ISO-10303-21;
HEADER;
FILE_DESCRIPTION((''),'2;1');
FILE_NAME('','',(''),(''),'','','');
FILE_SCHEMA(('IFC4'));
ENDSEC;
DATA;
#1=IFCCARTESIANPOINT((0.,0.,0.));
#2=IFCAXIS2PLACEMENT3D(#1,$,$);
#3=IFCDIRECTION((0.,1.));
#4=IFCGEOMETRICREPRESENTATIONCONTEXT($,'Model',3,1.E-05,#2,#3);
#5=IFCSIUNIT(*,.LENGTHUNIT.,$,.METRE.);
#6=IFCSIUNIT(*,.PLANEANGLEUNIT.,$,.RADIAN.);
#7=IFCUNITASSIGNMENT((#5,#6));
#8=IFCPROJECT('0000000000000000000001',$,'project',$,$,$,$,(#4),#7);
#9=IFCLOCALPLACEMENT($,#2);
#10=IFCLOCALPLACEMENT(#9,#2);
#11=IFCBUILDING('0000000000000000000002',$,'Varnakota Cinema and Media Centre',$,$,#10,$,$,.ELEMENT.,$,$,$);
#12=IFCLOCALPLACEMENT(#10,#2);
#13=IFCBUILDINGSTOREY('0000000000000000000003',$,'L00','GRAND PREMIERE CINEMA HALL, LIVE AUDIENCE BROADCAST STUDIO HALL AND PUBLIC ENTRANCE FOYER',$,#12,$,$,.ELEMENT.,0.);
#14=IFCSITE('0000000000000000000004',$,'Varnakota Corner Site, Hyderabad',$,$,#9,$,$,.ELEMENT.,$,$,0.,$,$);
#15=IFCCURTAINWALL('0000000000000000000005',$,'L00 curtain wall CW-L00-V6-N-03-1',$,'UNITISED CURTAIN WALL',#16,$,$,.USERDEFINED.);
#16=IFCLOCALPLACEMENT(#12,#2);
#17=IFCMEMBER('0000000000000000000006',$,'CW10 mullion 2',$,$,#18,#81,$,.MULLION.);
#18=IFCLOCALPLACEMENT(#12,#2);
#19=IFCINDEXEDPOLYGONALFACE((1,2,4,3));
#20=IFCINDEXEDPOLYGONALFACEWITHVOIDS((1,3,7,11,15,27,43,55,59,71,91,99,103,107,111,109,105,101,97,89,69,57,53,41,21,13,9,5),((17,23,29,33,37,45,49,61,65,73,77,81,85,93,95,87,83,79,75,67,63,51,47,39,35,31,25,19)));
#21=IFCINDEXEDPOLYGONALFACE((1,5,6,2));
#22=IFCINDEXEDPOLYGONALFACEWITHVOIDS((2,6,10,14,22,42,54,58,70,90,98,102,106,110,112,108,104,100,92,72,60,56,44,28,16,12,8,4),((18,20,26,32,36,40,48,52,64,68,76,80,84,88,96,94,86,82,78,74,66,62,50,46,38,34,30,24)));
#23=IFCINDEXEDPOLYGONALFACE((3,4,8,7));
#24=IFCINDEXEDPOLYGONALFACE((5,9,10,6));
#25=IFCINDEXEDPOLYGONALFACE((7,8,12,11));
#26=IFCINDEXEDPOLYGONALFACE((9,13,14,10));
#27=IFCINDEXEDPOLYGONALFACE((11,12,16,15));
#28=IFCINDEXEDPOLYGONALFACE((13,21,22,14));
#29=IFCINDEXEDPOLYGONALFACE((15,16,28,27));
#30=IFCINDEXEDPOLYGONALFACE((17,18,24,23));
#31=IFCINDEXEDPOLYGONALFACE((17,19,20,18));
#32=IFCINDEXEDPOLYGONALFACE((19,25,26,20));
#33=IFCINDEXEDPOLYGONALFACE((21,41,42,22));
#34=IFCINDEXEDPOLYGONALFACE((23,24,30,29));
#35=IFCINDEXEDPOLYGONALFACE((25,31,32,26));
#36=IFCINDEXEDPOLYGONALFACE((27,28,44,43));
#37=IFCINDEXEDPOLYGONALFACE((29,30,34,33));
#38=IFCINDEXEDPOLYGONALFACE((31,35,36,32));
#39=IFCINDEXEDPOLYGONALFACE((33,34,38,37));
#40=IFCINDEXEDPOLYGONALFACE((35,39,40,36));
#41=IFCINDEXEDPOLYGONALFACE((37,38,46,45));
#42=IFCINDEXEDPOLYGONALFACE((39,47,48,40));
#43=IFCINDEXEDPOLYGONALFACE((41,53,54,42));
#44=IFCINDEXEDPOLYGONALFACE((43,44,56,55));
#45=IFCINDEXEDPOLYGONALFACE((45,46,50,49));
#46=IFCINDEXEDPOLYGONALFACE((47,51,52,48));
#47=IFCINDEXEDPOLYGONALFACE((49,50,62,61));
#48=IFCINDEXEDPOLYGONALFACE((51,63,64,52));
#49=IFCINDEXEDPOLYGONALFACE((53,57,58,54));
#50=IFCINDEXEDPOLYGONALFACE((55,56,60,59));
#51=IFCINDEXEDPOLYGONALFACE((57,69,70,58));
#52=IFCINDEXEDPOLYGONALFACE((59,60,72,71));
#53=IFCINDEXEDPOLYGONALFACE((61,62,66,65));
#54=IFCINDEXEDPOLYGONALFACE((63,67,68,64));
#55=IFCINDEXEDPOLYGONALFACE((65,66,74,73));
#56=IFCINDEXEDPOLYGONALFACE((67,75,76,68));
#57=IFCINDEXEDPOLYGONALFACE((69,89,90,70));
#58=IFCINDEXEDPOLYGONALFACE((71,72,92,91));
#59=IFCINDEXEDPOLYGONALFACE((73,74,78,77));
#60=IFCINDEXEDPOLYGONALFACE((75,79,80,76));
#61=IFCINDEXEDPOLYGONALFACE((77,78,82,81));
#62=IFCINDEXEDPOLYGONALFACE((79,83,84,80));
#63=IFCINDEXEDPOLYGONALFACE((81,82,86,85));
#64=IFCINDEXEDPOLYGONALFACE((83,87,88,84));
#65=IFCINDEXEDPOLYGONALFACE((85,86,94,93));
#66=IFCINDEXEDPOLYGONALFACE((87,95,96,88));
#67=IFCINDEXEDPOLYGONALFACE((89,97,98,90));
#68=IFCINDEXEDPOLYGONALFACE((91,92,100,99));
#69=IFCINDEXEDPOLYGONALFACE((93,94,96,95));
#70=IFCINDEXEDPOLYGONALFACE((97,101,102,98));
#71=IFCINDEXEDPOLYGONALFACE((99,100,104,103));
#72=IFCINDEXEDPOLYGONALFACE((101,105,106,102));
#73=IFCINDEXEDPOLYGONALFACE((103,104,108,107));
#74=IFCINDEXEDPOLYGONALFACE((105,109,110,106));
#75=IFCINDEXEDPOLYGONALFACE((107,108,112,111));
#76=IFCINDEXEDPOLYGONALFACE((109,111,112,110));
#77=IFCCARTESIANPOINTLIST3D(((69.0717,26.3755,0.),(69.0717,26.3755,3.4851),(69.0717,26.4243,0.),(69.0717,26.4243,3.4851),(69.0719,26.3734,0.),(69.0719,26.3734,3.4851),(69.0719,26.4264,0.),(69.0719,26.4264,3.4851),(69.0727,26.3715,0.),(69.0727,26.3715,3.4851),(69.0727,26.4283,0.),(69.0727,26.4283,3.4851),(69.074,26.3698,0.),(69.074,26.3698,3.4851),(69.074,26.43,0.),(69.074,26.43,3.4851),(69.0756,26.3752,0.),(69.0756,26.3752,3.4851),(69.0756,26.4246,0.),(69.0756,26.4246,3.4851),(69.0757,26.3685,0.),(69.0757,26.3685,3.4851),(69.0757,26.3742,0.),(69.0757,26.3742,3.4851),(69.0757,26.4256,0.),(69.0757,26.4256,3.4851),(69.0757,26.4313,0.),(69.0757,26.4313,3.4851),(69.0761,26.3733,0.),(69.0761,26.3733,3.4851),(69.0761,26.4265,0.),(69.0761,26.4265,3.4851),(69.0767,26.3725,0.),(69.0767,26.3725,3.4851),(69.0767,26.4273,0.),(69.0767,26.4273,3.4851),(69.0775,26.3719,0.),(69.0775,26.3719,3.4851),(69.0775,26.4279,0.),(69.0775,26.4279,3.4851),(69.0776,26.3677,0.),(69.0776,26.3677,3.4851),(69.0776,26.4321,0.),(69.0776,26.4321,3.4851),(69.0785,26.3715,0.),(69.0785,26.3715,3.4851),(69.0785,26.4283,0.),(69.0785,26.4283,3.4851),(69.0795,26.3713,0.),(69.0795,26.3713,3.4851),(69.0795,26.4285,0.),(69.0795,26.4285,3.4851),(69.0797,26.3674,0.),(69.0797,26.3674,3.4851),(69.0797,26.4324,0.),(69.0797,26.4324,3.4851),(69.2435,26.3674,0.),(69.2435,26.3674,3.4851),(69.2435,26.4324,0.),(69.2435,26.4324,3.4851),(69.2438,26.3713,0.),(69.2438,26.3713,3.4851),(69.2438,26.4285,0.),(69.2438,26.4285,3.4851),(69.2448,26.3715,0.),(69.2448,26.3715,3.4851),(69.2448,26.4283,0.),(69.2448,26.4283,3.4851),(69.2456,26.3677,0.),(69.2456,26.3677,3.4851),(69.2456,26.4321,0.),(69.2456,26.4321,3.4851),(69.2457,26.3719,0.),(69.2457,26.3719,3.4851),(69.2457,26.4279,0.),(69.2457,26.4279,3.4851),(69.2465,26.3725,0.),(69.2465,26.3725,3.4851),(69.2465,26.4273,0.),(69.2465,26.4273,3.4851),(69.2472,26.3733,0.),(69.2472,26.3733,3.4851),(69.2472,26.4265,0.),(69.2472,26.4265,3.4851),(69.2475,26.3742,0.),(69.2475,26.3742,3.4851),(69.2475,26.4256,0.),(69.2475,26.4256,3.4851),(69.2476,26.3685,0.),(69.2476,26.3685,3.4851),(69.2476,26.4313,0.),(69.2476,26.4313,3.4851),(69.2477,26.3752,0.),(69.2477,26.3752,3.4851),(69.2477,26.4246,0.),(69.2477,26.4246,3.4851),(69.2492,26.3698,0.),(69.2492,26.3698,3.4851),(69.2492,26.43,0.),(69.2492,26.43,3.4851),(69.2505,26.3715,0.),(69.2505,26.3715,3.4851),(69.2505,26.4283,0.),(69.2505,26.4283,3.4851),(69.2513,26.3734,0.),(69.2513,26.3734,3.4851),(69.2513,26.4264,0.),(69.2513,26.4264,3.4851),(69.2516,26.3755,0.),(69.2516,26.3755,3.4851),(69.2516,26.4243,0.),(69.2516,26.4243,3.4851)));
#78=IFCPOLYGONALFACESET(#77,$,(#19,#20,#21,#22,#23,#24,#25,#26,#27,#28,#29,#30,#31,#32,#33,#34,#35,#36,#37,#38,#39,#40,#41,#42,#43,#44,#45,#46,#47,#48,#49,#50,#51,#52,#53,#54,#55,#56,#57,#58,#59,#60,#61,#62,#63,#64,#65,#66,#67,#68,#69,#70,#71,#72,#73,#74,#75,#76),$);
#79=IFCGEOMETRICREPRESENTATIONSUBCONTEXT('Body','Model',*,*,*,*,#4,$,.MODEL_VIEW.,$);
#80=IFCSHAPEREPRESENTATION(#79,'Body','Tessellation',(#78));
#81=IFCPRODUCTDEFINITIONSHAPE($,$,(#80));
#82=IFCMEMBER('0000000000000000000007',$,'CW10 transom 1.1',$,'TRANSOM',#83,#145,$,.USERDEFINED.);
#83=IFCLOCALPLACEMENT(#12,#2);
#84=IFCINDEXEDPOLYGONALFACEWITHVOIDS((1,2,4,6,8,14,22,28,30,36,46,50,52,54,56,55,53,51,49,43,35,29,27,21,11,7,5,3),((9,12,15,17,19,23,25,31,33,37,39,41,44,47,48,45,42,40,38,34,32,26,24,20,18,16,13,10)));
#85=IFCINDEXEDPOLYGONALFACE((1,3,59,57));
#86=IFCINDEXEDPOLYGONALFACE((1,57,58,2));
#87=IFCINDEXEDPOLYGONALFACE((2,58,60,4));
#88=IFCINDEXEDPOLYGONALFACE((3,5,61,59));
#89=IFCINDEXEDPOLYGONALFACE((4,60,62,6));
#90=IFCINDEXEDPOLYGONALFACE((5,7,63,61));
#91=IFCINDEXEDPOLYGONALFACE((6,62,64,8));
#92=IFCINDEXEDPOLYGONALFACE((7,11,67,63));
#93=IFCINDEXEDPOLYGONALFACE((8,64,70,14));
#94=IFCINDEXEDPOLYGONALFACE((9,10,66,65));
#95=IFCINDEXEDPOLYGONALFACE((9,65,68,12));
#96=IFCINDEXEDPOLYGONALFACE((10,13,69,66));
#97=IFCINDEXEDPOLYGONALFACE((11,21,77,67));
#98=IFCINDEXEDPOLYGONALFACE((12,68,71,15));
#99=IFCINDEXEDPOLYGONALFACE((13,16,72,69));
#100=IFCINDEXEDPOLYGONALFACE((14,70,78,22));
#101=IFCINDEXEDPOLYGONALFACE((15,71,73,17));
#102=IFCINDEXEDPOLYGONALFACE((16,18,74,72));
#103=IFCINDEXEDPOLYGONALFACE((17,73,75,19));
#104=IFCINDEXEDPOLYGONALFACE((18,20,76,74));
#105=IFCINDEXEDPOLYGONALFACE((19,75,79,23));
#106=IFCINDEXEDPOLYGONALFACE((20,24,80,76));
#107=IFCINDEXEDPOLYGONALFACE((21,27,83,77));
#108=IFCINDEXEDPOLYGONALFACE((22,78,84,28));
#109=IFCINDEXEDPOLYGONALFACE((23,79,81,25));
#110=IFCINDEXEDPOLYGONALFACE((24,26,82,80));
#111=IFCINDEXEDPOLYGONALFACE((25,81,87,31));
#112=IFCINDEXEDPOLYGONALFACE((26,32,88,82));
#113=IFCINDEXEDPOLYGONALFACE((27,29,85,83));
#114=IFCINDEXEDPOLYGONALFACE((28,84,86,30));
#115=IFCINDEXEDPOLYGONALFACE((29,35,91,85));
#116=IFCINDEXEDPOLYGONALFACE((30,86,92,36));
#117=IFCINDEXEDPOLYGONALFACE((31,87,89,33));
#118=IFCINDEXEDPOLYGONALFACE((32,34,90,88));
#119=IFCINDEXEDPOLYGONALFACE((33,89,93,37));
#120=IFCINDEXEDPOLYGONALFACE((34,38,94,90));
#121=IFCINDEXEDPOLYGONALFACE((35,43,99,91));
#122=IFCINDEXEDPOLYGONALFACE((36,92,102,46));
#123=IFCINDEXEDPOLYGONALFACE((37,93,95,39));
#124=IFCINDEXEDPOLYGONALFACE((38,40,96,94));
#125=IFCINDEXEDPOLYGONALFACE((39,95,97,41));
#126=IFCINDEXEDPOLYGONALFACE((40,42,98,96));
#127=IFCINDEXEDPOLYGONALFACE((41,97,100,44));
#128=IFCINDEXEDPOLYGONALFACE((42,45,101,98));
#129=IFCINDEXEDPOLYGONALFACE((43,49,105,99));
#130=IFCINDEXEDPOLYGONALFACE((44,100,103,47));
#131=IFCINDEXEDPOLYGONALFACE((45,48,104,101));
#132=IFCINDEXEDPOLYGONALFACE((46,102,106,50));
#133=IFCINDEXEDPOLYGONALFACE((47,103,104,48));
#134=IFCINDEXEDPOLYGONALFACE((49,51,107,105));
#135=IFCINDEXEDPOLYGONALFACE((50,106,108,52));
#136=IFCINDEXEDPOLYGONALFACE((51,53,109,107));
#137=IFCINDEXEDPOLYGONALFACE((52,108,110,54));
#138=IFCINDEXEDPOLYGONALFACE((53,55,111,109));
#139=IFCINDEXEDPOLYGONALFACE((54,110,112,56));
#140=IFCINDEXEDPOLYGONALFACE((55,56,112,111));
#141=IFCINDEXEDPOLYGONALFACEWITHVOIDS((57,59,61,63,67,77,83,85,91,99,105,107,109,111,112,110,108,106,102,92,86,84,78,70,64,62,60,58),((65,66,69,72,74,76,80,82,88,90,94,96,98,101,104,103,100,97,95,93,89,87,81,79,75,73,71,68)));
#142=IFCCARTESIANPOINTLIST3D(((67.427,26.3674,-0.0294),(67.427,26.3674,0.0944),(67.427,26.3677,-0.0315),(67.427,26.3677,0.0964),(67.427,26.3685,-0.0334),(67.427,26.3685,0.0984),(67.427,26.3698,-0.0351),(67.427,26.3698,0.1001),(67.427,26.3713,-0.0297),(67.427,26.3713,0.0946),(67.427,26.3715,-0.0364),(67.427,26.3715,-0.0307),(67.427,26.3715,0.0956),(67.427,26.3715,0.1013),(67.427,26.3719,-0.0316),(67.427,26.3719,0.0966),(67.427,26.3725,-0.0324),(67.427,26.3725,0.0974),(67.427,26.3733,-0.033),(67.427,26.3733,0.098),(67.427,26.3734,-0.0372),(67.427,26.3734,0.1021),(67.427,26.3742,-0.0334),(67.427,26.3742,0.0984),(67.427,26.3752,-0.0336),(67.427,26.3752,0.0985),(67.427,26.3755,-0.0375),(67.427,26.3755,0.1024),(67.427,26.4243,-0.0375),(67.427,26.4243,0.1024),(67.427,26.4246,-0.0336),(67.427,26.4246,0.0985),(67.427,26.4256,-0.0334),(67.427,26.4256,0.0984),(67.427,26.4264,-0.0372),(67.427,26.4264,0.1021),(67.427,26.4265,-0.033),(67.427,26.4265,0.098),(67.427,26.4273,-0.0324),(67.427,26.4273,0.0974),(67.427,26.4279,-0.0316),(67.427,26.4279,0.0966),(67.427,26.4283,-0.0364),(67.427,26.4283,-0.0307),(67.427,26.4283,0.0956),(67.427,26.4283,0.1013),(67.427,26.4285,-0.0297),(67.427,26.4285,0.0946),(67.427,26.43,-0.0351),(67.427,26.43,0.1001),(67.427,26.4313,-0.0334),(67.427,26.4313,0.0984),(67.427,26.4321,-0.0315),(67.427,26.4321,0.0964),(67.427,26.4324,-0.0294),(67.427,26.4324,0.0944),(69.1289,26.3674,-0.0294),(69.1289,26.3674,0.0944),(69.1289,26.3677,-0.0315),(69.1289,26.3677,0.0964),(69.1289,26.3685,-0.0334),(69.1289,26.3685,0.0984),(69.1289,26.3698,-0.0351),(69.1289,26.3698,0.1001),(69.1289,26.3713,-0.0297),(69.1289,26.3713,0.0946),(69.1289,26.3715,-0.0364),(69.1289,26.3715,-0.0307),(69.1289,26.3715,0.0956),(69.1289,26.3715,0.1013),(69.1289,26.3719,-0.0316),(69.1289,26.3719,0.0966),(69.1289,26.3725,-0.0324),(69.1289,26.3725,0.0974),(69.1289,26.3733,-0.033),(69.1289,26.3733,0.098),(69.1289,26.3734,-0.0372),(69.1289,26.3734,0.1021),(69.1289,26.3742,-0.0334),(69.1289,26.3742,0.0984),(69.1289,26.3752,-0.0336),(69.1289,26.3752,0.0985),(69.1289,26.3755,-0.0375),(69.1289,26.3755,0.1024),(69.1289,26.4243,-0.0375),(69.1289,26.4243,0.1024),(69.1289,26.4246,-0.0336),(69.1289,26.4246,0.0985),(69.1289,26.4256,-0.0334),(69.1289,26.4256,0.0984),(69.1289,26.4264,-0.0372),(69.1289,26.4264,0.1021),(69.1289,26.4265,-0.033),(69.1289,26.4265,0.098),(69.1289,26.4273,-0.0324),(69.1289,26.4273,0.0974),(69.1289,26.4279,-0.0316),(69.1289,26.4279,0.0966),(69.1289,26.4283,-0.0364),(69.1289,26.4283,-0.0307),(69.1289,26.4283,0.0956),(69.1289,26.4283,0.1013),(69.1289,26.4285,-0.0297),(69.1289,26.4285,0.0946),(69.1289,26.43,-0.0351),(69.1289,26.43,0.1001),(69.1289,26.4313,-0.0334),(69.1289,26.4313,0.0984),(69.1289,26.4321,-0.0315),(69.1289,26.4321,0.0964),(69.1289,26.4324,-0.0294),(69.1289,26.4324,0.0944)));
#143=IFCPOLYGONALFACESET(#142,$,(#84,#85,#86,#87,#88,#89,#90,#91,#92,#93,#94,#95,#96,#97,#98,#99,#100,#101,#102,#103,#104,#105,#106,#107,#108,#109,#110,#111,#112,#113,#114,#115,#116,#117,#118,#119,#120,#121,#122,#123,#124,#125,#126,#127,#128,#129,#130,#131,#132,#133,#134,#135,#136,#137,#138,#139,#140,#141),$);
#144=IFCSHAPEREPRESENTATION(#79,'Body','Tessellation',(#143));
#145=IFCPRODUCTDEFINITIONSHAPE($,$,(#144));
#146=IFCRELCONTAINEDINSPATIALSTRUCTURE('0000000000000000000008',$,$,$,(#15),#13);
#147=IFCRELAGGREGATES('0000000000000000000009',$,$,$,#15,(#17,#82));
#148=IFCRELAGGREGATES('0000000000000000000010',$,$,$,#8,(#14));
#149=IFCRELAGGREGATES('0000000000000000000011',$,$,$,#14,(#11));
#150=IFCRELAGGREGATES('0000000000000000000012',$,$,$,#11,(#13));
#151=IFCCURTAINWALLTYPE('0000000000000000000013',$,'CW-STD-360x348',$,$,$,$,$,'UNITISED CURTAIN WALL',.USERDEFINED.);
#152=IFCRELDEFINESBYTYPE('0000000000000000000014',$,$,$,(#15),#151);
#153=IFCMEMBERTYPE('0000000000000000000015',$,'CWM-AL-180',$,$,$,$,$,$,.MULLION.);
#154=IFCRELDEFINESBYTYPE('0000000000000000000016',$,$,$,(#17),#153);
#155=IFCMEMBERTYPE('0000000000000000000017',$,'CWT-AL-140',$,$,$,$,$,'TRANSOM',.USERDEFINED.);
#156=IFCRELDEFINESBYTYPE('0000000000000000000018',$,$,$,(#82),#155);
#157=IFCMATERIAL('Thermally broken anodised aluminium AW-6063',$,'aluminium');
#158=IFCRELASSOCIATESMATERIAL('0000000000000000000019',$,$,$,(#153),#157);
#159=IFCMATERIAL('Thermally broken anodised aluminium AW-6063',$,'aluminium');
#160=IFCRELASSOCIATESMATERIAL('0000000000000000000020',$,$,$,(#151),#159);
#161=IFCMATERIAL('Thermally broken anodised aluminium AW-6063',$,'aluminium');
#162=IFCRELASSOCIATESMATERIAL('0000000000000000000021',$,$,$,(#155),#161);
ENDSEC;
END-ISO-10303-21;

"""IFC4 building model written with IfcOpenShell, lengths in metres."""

from ifc_helpers import new_model, si_unit, direction, frame, origin, origin_2d, place, context, subcontext, project, spatial, hollow_rectangle, extrude, material, material_profile, profile_set, type_object, element, aggregate, save


model = new_model("IFC4")

# Units and contexts
model_context = context("Model", 3, precision=1e-05, world=origin(), true_north=direction((0.0, 1.0)))
body_context = subcontext(model_context, "Body", "Model", "MODEL_VIEW")
ifc_project = project(units=[si_unit("LENGTHUNIT", "METRE"), si_unit("PLANEANGLEUNIT", "RADIAN")], contexts=[model_context])

# Site, building, storey
site_placement = place(None, origin())
site = spatial("IfcSite", under=ifc_project, at=site_placement, Name="Varnakota Corner Site, Hyderabad", CompositionType="ELEMENT", RefElevation=0.0)
building_placement = place(site_placement, origin())
building = spatial("IfcBuilding", under=site, at=building_placement, Name="Varnakota Cinema and Media Centre", CompositionType="ELEMENT")
storey_placement = place(building_placement, origin())
storey = spatial("IfcBuildingStorey", under=building, at=storey_placement, Name="L00", Description="GRAND PREMIERE CINEMA HALL, LIVE AUDIENCE BROADCAST STUDIO HALL AND PUBLIC ENTRANCE FOYER", CompositionType="ELEMENT", Elevation=0.0)

# Shared definitions
ifc_material_1 = material(Name="Thermally broken anodised aluminium AW-6063", Category="aluminium")
ifc_material_profile_1 = material_profile(ifc_material_1, hollow_rectangle(XDim=0.0649, YDim=0.1799, WallThickness=0.0039, InnerFilletRadius=0.0039, OuterFilletRadius=0.0081, at=origin_2d()), Name="AL-MULLION 180x65x4")
ifc_profile_set_1 = profile_set([ifc_material_profile_1], Name="Thermally broken anodised aluminium AW-6063")
member_type_1 = type_object("IfcMemberType", Name="CWM-AL-180", PredefinedType="MULLION", material=ifc_profile_set_1)

# Curtain wall, members
ifc_material_2 = material(Name="Thermally broken anodised aluminium AW-6063", Category="aluminium")
curtain_wall_type_1 = type_object("IfcCurtainWallType", Name="CW-STD-360x348", ElementType="UNITISED CURTAIN WALL", PredefinedType="USERDEFINED", material=ifc_material_2)
curtain_wall_1_placement = place(storey_placement, origin())
curtain_wall_1 = element("IfcCurtainWall", 1, at=curtain_wall_1_placement, inside=storey, type_object=curtain_wall_type_1, Name="L00 curtain wall CW-L00-V6-N-03-1", ObjectType="UNITISED CURTAIN WALL", PredefinedType="USERDEFINED")
member_1_placement = place(storey_placement, frame((69.1616, 26.3999, 0.0), z_axis=(0.0, 0.0, 1.0), x_axis=(0.0, 1.0, 0.0)))
member_1 = element("IfcMember", 2, at=member_1_placement, type_object=member_type_1, Name="CW10 mullion 2", PredefinedType="MULLION", context=body_context, shape_type="SweptSolid", body=[
    extrude(hollow_rectangle(XDim=0.0649, YDim=0.1799, WallThickness=0.0039, InnerFilletRadius=0.0039, OuterFilletRadius=0.0081, at=origin_2d()), origin(), (0.0, 0.0, 1.0), 3.4851),
])
ifc_material_3 = material(Name="Thermally broken anodised aluminium AW-6063", Category="aluminium")
ifc_material_profile_2 = material_profile(ifc_material_3, hollow_rectangle(XDim=0.0649, YDim=0.1399, WallThickness=0.0039, InnerFilletRadius=0.0039, OuterFilletRadius=0.0081, at=origin_2d()), Name="AL-TRANSOM 140x65x4")
ifc_profile_set_2 = profile_set([ifc_material_profile_2], Name="Thermally broken anodised aluminium AW-6063")
member_type_2 = type_object("IfcMemberType", Name="CWT-AL-140", ElementType="TRANSOM", PredefinedType="USERDEFINED", material=ifc_profile_set_2)
member_2_placement = place(storey_placement, frame((67.427, 26.3999, 0.0325), z_axis=(1.0, 0.0, 0.0), x_axis=(0.0, 1.0, 0.0)))
member_2 = element("IfcMember", 3, at=member_2_placement, type_object=member_type_2, Name="CW10 transom 1.1", ObjectType="TRANSOM", PredefinedType="USERDEFINED", context=body_context, shape_type="SweptSolid", body=[
    extrude(hollow_rectangle(XDim=0.0649, YDim=0.1399, WallThickness=0.0039, InnerFilletRadius=0.0039, OuterFilletRadius=0.0081, at=origin_2d()), origin(), (0.0, 0.0, 1.0), 1.7019),
])

aggregate(curtain_wall_1, [member_1, member_2])

save(model, "model.ifc")
